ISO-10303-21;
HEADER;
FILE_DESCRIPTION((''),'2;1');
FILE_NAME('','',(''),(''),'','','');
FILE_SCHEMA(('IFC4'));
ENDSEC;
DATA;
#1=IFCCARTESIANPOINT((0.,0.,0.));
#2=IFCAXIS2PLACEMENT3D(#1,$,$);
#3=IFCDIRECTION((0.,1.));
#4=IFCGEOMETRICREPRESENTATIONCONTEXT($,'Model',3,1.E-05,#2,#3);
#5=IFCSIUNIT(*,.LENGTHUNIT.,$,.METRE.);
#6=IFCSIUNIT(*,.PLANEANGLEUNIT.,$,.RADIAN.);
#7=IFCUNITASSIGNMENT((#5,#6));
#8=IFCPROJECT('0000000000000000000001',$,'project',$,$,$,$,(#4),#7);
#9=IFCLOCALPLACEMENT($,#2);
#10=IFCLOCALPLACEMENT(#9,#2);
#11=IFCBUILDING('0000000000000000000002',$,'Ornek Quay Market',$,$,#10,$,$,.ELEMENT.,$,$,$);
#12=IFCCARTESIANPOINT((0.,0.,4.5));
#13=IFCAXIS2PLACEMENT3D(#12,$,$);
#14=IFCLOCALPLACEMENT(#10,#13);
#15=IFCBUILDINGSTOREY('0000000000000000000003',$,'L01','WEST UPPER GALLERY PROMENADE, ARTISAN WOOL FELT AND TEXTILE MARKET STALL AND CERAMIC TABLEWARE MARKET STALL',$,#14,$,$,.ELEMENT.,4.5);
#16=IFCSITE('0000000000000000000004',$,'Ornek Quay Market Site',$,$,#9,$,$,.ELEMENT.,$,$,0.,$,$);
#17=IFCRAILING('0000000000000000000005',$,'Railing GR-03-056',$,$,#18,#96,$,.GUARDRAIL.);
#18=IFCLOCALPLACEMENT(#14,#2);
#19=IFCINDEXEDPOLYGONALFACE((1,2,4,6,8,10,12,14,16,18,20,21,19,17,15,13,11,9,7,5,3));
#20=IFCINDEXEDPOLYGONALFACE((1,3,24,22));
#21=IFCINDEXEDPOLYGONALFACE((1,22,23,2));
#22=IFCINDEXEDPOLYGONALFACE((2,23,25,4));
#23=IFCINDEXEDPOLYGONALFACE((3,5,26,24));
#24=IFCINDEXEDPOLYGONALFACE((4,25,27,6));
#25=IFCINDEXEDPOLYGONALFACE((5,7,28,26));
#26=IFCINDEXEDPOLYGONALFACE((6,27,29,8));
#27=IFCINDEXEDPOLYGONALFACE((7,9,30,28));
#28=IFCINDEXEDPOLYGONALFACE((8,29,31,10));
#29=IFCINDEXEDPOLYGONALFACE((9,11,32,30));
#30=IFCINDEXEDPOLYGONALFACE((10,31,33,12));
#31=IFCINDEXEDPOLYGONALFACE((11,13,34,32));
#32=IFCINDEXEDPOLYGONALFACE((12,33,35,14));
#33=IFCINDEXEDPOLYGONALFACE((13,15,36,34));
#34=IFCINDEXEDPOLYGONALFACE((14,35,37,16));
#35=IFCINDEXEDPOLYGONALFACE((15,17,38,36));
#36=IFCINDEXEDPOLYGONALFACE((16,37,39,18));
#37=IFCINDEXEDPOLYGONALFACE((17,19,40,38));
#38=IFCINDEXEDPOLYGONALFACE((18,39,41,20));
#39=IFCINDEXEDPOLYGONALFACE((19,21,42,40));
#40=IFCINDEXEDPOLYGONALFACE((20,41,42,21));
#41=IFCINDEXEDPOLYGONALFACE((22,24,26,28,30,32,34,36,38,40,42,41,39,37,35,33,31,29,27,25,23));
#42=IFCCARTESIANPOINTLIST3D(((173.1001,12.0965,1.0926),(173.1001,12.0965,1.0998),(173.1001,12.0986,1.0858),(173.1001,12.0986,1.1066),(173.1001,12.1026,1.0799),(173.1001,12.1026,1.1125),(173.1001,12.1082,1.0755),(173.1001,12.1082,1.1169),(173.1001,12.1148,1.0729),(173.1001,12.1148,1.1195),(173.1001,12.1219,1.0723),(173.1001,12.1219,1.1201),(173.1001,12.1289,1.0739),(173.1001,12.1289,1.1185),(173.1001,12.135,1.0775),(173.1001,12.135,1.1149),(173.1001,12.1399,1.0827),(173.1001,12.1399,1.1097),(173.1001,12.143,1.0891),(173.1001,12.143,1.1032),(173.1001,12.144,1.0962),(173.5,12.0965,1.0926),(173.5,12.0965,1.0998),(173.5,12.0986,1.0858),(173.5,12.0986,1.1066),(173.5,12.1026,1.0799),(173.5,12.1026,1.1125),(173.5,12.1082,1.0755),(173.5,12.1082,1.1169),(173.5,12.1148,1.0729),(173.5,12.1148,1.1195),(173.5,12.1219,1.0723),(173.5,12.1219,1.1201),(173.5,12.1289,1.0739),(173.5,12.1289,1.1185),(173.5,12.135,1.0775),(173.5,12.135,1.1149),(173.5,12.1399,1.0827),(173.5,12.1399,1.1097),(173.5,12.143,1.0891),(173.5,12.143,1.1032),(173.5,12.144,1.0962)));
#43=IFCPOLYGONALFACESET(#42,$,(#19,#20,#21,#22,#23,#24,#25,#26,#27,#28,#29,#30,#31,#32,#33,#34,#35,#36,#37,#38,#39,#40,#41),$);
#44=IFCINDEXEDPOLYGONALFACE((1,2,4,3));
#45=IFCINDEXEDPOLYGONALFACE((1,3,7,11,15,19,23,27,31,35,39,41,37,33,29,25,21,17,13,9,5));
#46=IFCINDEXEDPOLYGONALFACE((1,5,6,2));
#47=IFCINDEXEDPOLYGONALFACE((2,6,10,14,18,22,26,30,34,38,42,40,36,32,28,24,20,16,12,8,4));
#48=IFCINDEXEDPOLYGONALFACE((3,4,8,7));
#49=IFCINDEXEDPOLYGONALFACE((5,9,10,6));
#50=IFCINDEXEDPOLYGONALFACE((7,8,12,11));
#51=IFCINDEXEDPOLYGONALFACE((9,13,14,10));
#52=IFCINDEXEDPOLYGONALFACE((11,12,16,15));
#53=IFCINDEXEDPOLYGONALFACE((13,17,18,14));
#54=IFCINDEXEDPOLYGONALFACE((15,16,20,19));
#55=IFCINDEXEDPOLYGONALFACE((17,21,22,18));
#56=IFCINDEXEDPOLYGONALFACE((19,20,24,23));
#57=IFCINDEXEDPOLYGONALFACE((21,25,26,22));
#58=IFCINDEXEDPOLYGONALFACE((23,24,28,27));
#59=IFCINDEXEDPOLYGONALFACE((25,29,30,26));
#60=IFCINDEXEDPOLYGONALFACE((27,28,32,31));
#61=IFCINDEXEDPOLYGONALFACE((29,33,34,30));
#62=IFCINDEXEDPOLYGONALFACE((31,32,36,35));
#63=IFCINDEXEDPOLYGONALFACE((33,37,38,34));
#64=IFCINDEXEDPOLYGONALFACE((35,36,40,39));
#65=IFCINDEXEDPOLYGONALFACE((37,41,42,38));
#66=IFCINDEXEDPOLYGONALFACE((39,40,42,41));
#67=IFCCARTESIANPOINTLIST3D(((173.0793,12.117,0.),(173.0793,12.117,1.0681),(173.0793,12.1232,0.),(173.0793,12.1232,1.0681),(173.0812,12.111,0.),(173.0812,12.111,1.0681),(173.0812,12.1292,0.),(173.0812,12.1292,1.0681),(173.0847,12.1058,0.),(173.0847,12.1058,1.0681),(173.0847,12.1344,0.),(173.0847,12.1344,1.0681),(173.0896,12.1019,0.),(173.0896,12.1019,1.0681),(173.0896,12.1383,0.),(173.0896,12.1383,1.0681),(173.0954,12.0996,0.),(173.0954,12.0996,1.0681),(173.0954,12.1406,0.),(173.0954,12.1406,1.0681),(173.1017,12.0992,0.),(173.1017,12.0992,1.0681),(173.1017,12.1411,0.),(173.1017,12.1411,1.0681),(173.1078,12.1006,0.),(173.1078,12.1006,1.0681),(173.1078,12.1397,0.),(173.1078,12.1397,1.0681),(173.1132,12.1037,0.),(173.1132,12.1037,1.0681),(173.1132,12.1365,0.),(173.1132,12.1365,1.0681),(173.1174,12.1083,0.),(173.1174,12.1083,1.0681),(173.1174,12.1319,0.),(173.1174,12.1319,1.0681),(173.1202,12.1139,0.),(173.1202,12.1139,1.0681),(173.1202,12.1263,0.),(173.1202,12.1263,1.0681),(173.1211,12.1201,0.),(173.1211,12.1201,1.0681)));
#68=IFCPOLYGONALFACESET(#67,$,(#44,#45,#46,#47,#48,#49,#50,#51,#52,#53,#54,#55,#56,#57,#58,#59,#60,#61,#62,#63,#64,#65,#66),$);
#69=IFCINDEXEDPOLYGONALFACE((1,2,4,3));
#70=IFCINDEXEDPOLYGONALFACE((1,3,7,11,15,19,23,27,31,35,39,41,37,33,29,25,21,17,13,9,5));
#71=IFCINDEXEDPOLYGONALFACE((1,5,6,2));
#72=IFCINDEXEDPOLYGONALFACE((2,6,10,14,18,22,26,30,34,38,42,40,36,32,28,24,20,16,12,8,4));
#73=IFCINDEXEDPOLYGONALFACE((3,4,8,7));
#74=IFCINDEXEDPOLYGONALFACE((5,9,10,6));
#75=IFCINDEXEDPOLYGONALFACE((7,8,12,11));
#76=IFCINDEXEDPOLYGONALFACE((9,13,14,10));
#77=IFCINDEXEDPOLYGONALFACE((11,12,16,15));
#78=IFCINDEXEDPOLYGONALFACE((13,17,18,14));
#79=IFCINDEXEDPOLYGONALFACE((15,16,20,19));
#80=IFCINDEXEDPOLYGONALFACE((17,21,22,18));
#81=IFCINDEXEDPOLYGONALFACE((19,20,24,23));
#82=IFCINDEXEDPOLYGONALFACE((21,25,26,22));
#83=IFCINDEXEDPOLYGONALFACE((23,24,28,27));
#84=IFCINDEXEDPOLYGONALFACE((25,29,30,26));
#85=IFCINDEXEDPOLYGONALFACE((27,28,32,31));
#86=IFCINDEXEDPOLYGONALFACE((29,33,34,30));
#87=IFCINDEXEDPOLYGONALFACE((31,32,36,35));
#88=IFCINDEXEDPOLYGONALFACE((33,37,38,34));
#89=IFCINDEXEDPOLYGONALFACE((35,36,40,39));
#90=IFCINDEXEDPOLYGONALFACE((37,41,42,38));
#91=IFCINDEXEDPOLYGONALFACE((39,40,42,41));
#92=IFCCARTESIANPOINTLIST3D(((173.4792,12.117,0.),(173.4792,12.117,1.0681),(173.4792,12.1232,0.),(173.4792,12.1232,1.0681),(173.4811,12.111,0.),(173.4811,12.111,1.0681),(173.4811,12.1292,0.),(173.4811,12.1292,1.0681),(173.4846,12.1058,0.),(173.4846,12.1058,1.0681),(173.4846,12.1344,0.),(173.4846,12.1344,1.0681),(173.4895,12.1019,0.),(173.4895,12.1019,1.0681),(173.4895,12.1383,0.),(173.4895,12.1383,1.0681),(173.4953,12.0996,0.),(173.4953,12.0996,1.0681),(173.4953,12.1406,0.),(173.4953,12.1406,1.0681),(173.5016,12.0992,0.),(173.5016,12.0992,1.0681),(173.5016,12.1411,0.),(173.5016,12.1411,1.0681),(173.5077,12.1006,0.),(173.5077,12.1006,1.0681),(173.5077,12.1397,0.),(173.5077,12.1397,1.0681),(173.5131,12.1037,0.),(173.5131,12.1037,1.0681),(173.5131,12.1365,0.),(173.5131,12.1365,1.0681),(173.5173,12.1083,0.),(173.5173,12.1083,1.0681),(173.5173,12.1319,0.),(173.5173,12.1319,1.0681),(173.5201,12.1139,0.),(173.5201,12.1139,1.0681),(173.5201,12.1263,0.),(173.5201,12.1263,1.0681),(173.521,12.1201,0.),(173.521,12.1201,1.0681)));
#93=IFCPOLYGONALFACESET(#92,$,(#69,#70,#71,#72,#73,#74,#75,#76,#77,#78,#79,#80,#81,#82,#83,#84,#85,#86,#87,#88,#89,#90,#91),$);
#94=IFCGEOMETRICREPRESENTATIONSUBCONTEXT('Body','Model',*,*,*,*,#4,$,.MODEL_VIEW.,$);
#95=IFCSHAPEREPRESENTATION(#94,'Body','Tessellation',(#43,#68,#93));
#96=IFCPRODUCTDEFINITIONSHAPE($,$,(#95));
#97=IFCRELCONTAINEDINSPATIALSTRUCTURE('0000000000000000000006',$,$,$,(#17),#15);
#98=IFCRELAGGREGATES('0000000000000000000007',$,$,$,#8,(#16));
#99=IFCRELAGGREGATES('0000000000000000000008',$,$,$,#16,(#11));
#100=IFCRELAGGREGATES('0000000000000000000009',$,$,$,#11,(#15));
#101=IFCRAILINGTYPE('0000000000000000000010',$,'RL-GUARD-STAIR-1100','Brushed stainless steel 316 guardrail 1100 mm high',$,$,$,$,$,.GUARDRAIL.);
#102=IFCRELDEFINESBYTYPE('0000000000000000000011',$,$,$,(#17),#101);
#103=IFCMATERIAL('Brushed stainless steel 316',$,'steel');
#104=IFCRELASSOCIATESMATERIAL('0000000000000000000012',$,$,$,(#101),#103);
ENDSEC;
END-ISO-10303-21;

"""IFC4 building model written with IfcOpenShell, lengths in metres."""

from ifc_helpers import new_model, si_unit, direction, frame, origin, origin_2d, place, context, subcontext, project, spatial, circle, extrude, material, type_object, element, save


model = new_model("IFC4")

# Units and contexts
model_context = context("Model", 3, precision=1e-05, world=origin(), true_north=direction((0.0, 1.0)))
body_context = subcontext(model_context, "Body", "Model", "MODEL_VIEW")
ifc_project = project(units=[si_unit("LENGTHUNIT", "METRE"), si_unit("PLANEANGLEUNIT", "RADIAN")], contexts=[model_context])

# Site, building, storey
site_placement = place(None, origin())
site = spatial("IfcSite", under=ifc_project, at=site_placement, Name="Ornek Quay Market Site", CompositionType="ELEMENT", RefElevation=0.0)
building_placement = place(site_placement, origin())
building = spatial("IfcBuilding", under=site, at=building_placement, Name="Ornek Quay Market", CompositionType="ELEMENT")
storey_placement = place(building_placement, frame((0.0, 0.0, 4.5)))
storey = spatial("IfcBuildingStorey", under=building, at=storey_placement, Name="L01", Description="WEST UPPER GALLERY PROMENADE, ARTISAN WOOL FELT AND TEXTILE MARKET STALL AND CERAMIC TABLEWARE MARKET STALL", CompositionType="ELEMENT", Elevation=4.5)

# Railing
ifc_material_1 = material(Name="Brushed stainless steel 316", Category="steel")
railing_type_1 = type_object("IfcRailingType", Name="RL-GUARD-STAIR-1100", Description="Brushed stainless steel 316 guardrail 1100 mm high", PredefinedType="GUARDRAIL", material=ifc_material_1)
railing_1_placement = place(storey_placement, frame((173.1001, 12.1201, 0.0)))
element("IfcRailing", 1, at=railing_1_placement, inside=storey, type_object=railing_type_1, Name="Railing GR-03-056", PredefinedType="GUARDRAIL", context=body_context, shape_type="SweptSolid", body=[
    extrude(circle(Radius=0.0239, at=origin_2d()), frame((0.0, 0.0, 1.0962), z_axis=(1.0, 0.0, 0.0), x_axis=(0.0, 1.0, 0.0)), (0.0, 0.0, 1.0), 0.3999),
    extrude(circle(Radius=0.021, at=origin_2d()), origin(), (0.0, 0.0, 1.0), 1.0681),
    extrude(circle(Radius=0.021, at=origin_2d()), frame((0.3999, 0.0, 0.0)), (0.0, 0.0, 1.0), 1.0681),
])

save(model, "model.ifc")
